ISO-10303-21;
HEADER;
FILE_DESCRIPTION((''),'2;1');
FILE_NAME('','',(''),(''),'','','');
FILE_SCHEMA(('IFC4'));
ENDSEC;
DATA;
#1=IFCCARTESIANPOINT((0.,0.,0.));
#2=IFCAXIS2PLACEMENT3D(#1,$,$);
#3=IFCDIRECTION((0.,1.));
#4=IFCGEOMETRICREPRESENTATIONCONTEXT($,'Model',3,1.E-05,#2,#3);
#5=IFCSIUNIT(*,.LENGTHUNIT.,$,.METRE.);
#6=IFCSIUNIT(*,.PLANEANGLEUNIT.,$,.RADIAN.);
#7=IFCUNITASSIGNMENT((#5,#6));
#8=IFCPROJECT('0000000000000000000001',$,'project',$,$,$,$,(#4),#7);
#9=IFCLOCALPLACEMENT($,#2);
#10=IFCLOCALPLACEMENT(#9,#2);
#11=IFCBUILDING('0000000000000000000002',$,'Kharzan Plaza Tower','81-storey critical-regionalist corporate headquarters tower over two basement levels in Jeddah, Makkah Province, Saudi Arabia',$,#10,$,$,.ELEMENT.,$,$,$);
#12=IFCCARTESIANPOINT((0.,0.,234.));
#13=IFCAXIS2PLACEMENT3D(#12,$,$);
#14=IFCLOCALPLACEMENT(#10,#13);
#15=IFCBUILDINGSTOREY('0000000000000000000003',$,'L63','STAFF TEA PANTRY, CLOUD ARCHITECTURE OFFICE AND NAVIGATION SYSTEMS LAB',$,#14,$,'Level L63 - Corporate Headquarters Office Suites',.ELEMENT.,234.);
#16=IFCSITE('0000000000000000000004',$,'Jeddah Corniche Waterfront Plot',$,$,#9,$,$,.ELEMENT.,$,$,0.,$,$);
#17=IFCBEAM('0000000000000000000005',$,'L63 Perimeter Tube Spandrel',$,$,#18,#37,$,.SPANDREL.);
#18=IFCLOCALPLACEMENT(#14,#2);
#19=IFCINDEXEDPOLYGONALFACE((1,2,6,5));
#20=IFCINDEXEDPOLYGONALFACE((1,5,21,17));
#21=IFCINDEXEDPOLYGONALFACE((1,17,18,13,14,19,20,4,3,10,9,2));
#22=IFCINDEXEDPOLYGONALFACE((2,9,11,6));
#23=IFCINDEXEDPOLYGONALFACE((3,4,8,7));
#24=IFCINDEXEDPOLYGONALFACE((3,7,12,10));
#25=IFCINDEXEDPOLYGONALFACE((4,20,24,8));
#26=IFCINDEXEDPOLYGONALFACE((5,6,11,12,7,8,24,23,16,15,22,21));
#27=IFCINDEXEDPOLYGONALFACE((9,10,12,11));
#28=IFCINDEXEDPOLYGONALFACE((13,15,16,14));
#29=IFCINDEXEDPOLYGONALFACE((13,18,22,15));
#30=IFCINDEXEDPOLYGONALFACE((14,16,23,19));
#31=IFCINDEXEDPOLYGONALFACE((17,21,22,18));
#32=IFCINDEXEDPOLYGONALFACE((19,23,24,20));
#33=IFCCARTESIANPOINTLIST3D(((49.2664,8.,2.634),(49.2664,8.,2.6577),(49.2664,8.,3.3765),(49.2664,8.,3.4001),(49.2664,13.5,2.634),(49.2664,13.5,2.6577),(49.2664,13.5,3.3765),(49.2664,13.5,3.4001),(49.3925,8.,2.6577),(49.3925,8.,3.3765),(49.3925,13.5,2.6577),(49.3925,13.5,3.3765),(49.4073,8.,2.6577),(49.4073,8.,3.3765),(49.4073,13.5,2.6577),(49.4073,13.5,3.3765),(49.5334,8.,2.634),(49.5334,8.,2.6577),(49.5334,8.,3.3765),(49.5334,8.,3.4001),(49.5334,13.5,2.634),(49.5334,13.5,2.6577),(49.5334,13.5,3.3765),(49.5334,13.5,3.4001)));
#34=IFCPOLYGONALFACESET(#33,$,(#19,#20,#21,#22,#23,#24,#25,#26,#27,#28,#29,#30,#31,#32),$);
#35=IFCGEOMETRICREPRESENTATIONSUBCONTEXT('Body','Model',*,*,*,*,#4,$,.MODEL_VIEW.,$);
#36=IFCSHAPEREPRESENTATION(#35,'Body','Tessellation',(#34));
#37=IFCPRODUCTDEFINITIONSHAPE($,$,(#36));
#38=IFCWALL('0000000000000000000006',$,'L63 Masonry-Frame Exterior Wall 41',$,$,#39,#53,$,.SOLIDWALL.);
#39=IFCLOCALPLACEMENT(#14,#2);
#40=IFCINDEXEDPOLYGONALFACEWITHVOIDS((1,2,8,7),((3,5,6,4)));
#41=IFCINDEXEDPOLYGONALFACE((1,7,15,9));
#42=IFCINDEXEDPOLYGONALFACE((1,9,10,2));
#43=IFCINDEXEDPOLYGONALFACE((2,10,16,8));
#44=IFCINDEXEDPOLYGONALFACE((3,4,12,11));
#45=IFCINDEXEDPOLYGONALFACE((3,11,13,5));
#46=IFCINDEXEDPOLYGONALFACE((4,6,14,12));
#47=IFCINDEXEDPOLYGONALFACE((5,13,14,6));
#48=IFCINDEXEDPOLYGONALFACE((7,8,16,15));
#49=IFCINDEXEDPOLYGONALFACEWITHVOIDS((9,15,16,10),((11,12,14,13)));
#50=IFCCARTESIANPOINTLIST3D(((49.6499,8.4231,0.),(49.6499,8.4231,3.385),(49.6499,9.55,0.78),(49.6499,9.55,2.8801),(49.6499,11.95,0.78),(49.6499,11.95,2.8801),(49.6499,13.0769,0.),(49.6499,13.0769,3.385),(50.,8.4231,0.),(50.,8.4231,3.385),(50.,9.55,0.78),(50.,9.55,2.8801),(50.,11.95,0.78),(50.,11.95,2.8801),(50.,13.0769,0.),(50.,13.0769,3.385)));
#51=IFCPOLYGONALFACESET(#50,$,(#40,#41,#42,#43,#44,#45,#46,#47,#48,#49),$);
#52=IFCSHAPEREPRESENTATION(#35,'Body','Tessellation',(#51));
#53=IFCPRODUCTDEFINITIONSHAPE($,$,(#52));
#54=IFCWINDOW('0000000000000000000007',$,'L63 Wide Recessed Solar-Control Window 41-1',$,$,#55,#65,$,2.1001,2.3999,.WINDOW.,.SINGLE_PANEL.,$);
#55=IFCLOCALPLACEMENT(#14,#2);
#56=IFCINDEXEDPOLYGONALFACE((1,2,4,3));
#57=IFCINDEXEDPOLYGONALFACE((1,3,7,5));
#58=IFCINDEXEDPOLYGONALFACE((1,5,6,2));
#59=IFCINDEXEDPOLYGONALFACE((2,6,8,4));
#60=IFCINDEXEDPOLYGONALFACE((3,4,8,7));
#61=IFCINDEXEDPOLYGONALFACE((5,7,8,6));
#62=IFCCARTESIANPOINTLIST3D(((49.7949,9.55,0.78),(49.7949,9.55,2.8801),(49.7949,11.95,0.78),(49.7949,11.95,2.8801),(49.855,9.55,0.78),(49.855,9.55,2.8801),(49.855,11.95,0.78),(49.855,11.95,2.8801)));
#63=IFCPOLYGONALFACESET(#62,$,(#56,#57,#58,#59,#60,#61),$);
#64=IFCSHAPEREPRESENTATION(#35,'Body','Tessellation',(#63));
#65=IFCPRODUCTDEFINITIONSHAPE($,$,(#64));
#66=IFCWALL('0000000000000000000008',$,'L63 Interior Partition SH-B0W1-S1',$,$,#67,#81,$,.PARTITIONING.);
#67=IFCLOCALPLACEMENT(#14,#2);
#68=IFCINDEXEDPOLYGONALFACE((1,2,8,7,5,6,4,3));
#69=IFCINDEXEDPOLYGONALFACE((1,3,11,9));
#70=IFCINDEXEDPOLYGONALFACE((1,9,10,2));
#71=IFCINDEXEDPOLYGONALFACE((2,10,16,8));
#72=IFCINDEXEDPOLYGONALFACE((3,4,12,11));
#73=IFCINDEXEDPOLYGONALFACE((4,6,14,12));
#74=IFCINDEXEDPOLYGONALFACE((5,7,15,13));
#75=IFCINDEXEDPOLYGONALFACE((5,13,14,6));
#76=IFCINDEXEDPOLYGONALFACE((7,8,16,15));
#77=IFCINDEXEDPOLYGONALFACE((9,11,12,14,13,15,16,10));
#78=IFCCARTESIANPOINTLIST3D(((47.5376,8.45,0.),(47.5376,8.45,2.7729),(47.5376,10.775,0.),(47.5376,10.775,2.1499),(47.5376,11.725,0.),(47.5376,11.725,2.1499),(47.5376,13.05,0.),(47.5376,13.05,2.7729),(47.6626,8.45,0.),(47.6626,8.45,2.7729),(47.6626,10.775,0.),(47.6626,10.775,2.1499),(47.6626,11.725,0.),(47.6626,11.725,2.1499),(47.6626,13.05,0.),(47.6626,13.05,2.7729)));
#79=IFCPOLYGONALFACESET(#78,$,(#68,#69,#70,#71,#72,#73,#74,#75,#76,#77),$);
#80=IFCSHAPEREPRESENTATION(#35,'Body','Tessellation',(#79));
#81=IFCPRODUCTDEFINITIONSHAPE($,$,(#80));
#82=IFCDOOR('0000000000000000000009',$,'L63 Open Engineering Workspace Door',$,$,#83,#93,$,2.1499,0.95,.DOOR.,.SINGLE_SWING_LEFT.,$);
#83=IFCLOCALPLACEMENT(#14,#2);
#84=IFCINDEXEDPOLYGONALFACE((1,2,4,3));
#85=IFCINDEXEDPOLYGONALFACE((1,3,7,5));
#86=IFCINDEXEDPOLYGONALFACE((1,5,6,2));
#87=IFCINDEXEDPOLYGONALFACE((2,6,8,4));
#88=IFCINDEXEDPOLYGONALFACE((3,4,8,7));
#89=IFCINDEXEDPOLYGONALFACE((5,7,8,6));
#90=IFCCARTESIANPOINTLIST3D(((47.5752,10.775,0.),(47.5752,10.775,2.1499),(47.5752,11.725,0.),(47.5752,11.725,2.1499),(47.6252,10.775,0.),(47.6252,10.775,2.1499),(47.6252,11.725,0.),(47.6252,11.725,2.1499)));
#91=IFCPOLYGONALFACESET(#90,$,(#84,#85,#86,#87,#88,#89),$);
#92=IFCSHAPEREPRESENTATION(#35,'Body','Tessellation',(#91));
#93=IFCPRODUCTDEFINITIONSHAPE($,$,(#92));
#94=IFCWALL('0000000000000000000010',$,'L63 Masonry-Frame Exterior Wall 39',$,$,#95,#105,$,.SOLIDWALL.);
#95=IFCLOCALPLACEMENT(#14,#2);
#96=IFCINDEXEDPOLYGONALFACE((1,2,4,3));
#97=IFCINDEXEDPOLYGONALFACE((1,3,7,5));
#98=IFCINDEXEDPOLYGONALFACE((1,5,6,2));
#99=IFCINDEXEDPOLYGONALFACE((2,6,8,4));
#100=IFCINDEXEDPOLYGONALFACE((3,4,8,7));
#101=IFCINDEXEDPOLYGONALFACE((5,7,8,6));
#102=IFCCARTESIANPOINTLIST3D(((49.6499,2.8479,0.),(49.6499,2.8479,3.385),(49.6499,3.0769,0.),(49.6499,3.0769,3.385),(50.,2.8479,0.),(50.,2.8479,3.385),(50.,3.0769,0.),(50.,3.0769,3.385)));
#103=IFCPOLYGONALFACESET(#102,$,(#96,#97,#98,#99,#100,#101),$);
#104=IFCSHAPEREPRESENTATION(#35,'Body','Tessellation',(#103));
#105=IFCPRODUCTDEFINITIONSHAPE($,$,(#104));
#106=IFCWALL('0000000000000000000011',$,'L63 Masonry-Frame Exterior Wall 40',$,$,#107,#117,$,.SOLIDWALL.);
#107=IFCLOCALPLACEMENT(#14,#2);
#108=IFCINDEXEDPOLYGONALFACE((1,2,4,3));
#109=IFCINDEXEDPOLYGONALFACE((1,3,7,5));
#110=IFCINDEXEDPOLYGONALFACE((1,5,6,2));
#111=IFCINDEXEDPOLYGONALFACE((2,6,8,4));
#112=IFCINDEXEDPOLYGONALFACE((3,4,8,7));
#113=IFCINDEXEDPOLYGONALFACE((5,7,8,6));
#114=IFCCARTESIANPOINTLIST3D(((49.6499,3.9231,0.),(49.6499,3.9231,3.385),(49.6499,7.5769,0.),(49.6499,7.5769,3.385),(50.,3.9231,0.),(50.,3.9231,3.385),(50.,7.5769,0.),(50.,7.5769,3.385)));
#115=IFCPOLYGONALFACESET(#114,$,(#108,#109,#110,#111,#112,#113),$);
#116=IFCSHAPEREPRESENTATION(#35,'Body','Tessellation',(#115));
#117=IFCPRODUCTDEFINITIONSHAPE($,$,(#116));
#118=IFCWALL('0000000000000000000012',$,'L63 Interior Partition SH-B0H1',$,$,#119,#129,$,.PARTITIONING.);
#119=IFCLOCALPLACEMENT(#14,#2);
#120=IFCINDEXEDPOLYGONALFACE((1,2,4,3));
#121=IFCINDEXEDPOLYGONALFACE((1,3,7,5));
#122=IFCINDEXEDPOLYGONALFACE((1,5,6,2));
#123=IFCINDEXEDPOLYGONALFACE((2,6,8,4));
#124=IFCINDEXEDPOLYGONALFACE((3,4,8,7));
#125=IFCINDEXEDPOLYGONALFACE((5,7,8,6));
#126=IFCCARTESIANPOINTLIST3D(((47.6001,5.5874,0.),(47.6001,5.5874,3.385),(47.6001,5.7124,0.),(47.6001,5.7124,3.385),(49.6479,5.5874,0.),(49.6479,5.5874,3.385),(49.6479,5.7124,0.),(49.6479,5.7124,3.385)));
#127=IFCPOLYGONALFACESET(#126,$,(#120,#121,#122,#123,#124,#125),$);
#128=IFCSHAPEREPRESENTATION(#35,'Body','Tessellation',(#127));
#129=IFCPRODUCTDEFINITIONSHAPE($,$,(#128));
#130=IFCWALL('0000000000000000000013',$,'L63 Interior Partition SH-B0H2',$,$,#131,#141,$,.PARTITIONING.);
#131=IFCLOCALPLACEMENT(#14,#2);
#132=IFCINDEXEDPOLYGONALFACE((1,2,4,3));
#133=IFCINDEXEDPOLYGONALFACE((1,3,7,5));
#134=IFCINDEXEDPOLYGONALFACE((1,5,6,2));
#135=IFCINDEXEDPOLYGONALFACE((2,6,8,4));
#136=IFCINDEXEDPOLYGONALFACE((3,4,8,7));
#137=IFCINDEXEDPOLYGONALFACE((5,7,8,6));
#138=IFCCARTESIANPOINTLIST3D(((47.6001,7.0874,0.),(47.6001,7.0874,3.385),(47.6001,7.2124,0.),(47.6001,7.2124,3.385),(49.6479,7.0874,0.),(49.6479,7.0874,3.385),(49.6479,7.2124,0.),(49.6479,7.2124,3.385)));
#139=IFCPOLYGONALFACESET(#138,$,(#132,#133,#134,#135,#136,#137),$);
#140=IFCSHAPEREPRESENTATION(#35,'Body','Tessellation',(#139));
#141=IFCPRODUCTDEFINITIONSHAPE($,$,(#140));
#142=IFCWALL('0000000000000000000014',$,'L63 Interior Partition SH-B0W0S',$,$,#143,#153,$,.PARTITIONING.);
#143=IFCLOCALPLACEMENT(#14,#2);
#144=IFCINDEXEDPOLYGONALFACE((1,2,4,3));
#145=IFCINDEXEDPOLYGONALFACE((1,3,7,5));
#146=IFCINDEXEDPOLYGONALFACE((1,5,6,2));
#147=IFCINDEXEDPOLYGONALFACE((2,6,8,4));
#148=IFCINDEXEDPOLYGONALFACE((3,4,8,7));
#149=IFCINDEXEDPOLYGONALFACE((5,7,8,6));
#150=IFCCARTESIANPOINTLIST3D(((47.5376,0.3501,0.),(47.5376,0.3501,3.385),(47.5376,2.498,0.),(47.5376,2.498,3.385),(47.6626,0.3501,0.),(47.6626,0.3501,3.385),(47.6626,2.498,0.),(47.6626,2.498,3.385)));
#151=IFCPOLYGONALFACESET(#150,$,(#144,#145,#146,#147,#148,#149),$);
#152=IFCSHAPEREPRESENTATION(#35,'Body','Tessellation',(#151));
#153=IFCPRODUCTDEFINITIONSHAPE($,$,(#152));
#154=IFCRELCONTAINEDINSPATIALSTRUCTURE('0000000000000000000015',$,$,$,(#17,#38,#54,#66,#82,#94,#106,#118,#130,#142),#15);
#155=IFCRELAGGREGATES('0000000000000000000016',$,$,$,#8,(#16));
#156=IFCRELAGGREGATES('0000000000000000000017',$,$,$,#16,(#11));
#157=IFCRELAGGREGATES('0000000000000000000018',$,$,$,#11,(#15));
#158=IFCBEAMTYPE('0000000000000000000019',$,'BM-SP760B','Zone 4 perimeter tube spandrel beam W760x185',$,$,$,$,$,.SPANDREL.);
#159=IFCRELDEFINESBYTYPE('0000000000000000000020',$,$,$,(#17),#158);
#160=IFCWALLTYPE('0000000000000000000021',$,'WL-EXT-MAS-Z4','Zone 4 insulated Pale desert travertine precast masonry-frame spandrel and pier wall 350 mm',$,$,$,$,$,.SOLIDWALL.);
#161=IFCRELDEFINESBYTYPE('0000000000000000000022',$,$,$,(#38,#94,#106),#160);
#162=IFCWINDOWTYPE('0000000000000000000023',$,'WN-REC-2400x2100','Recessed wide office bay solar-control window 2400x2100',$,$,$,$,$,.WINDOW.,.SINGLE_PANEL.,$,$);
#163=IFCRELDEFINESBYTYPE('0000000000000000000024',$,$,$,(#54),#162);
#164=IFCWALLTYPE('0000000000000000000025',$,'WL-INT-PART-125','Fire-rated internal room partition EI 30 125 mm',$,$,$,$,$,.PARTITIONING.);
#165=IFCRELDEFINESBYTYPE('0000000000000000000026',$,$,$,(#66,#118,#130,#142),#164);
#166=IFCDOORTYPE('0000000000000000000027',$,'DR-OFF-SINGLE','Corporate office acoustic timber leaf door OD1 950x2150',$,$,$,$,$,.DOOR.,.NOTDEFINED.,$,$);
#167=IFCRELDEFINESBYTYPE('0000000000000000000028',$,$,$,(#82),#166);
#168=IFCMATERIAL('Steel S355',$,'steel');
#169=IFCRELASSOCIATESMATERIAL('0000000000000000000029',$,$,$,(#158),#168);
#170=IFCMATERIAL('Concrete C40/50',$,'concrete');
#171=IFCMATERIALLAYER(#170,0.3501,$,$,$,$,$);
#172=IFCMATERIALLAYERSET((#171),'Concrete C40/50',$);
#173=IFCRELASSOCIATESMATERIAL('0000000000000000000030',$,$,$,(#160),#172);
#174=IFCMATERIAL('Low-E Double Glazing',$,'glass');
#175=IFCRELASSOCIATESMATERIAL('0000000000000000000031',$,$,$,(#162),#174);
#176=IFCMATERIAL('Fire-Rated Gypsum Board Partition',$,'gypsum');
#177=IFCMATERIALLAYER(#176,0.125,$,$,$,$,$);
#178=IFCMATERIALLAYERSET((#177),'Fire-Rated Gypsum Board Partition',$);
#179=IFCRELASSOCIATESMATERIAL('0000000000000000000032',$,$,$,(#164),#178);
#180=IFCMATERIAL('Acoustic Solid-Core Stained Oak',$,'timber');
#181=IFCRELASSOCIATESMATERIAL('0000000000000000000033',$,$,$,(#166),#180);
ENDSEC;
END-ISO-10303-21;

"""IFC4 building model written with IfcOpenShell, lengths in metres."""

from ifc_helpers import new_model, si_unit, direction, frame, frame_2d, origin, origin_2d, place, context, subcontext, project, spatial, rectangle, i_section, extrude, source, transform, mapped, material, layer, layer_set, material_profile, profile_set, type_object, element, fill, save


model = new_model("IFC4")

# Units and contexts
model_context = context("Model", 3, precision=1e-05, world=origin(), true_north=direction((0.0, 1.0)))
body_context = subcontext(model_context, "Body", "Model", "MODEL_VIEW")
ifc_project = project(units=[si_unit("LENGTHUNIT", "METRE"), si_unit("PLANEANGLEUNIT", "RADIAN")], contexts=[model_context])

# Site, building, storey
site_placement = place(None, origin())
site = spatial("IfcSite", under=ifc_project, at=site_placement, Name="Jeddah Corniche Waterfront Plot", CompositionType="ELEMENT", RefElevation=0.0)
building_placement = place(site_placement, origin())
building = spatial("IfcBuilding", under=site, at=building_placement, Name="Kharzan Plaza Tower", Description="81-storey critical-regionalist corporate headquarters tower over two basement levels in Jeddah, Makkah Province, Saudi Arabia", CompositionType="ELEMENT")
storey_placement = place(building_placement, frame((0.0, 0.0, 234.0)))
storey = spatial("IfcBuildingStorey", under=building, at=storey_placement, Name="L63", Description="STAFF TEA PANTRY, CLOUD ARCHITECTURE OFFICE AND NAVIGATION SYSTEMS LAB", LongName="Level L63 - Corporate Headquarters Office Suites", CompositionType="ELEMENT", Elevation=234.0)

# Beam
ifc_material_1 = material(Name="Steel S355", Category="steel")
ifc_material_profile_1 = material_profile(ifc_material_1, i_section(OverallWidth=0.2671, OverallDepth=0.7661, WebThickness=0.0149, FlangeThickness=0.0237, at=origin_2d()), Name="W760x185")
ifc_profile_set_1 = profile_set([ifc_material_profile_1], Name="Steel S355")
beam_type_1 = type_object("IfcBeamType", Name="BM-SP760B", Description="Zone 4 perimeter tube spandrel beam W760x185", PredefinedType="SPANDREL", material=ifc_profile_set_1)
shared_shape_1 = source(origin(), body_context, "Body", "SweptSolid", [
    extrude(i_section(OverallWidth=0.2671, OverallDepth=0.7661, WebThickness=0.0149, FlangeThickness=0.0237, at=origin_2d()), origin(), (0.0, 0.0, 1.0), 5.5),
])
beam_1_placement = place(storey_placement, frame((49.3999, 8.0, 3.0171), z_axis=(0.0, 1.0, 0.0), x_axis=(-1.0, 0.0, 0.0)))
element("IfcBeam", 1, at=beam_1_placement, inside=storey, type_object=beam_type_1, Name="L63 Perimeter Tube Spandrel", PredefinedType="SPANDREL", context=body_context, shape_type="MappedRepresentation", body=[
    mapped(shared_shape_1, transform((0.0, 0.0, 0.0), x_axis=(1.0, 0.0, 0.0), y_axis=(0.0, 1.0, 0.0), z_axis=(0.0, 0.0, 1.0))),
])

# Wall, opening, window
ifc_material_2 = material(Name="Concrete C40/50", Category="concrete")
ifc_layer_1 = layer(ifc_material_2, 0.3501)
ifc_layer_set_1 = layer_set([ifc_layer_1], Name="Concrete C40/50")
wall_type_1 = type_object("IfcWallType", Name="WL-EXT-MAS-Z4", Description="Zone 4 insulated Pale desert travertine precast masonry-frame spandrel and pier wall 350 mm", PredefinedType="SOLIDWALL", material=ifc_layer_set_1)
wall_1_placement = place(storey_placement, frame((49.825, 8.4231, 0.0), z_axis=(0.0, 0.0, 1.0), x_axis=(0.0, 1.0, 0.0)))
wall_1 = element("IfcWall", 2, at=wall_1_placement, inside=storey, type_object=wall_type_1, Name="L63 Masonry-Frame Exterior Wall 41", PredefinedType="SOLIDWALL", context=body_context, shape_type="SweptSolid", body=[
    extrude(rectangle(XDim=4.6538, YDim=0.3501, at=frame_2d((2.3269, 0.0))), origin(), (0.0, 0.0, 1.0), 3.385),
])
opening_1_placement = place(wall_1_placement, frame((1.127, 0.0, 0.78)))
opening_1 = element("IfcOpeningElement", 3, at=opening_1_placement, cuts=wall_1, PredefinedType="OPENING", context=body_context, shape_type="SweptSolid", body=[
    extrude(rectangle(XDim=2.3999, YDim=2.1001, at=frame_2d((1.2, 1.05))), frame((0.0, 0.1851, 0.0), z_axis=(0.0, -1.0, 0.0), x_axis=(1.0, 0.0, 0.0)), (0.0, 0.0, 1.0), 0.3701),
])
ifc_material_3 = material(Name="Low-E Double Glazing", Category="glass")
window_type = type_object("IfcWindowType", Name="WN-REC-2400x2100", Description="Recessed wide office bay solar-control window 2400x2100", PartitioningType="SINGLE_PANEL", PredefinedType="WINDOW", material=ifc_material_3)
shared_shape_2 = source(origin(), body_context, "Body", "SweptSolid", [
    extrude(rectangle(XDim=2.3999, YDim=2.1001, at=frame_2d((1.2, 1.05))), frame((0.0, 0.03, 0.0), z_axis=(0.0, -1.0, 0.0), x_axis=(1.0, 0.0, 0.0)), (0.0, 0.0, 1.0), 0.0601),
])
window_placement = place(opening_1_placement, origin())
window = element("IfcWindow", 4, at=window_placement, inside=storey, type_object=window_type, Name="L63 Wide Recessed Solar-Control Window 41-1", OverallHeight=2.1001, OverallWidth=2.3999, PartitioningType="SINGLE_PANEL", PredefinedType="WINDOW", context=body_context, shape_type="MappedRepresentation", body=[
    mapped(shared_shape_2, transform((0.0, 0.0, 0.0), x_axis=(1.0, 0.0, 0.0), y_axis=(0.0, 1.0, 0.0), z_axis=(0.0, 0.0, 1.0))),
])
fill(opening_1, window)

# Wall, opening, door
ifc_material_4 = material(Name="Fire-Rated Gypsum Board Partition", Category="gypsum")
ifc_layer_2 = layer(ifc_material_4, 0.125)
ifc_layer_set_2 = layer_set([ifc_layer_2], Name="Fire-Rated Gypsum Board Partition")
wall_type_2 = type_object("IfcWallType", Name="WL-INT-PART-125", Description="Fire-rated internal room partition EI 30 125 mm", PredefinedType="PARTITIONING", material=ifc_layer_set_2)
ifc_material_5 = material(Name="Acoustic Solid-Core Stained Oak", Category="timber")
door_type_1 = type_object("IfcDoorType", Name="DR-OFF-SINGLE", Description="Corporate office acoustic timber leaf door OD1 950x2150", OperationType="NOTDEFINED", PredefinedType="DOOR", material=ifc_material_5)
shared_shape_3 = source(origin(), body_context, "Body", "SweptSolid", [
    extrude(rectangle(XDim=0.95, YDim=2.1499, at=frame_2d((0.4751, 1.075))), frame((0.0, 0.0249, 0.0), z_axis=(0.0, -1.0, 0.0), x_axis=(1.0, 0.0, 0.0)), (0.0, 0.0, 1.0), 0.05),
])
wall_2_placement = place(storey_placement, frame((47.6001, 8.45, 0.0), z_axis=(0.0, 0.0, 1.0), x_axis=(0.0, 1.0, 0.0)))
wall_2 = element("IfcWall", 5, at=wall_2_placement, inside=storey, type_object=wall_type_2, Name="L63 Interior Partition SH-B0W1-S1", PredefinedType="PARTITIONING", context=body_context, shape_type="SweptSolid", body=[
    extrude(rectangle(XDim=4.6001, YDim=0.125, at=frame_2d((2.3, 0.0))), origin(), (0.0, 0.0, 1.0), 2.7729),
])
opening_2_placement = place(wall_2_placement, frame((2.325, 0.0, 0.0)))
opening_2 = element("IfcOpeningElement", 6, at=opening_2_placement, cuts=wall_2, PredefinedType="OPENING", context=body_context, shape_type="SweptSolid", body=[
    extrude(rectangle(XDim=0.95, YDim=2.1499, at=frame_2d((0.4751, 1.075))), frame((0.0, 0.0725, 0.0), z_axis=(0.0, -1.0, 0.0), x_axis=(1.0, 0.0, 0.0)), (0.0, 0.0, 1.0), 0.145),
])
door_1_placement = place(opening_2_placement, origin())
door_1 = element("IfcDoor", 7, at=door_1_placement, inside=storey, type_object=door_type_1, Name="L63 Open Engineering Workspace Door", OperationType="SINGLE_SWING_LEFT", OverallHeight=2.1499, OverallWidth=0.95, PredefinedType="DOOR", context=body_context, shape_type="MappedRepresentation", body=[
    mapped(shared_shape_3, transform((0.0, 0.0, 0.0), x_axis=(1.0, 0.0, 0.0), y_axis=(0.0, 1.0, 0.0), z_axis=(0.0, 0.0, 1.0))),
])
fill(opening_2, door_1)

# Walls
shared_shape_4 = source(origin(), body_context, "Body", "SweptSolid", [
    extrude(rectangle(XDim=0.229, YDim=0.3501, at=frame_2d((0.1145, 0.0))), origin(), (0.0, 0.0, 1.0), 3.385),
])
wall_3_placement = place(storey_placement, frame((49.825, 2.8479, 0.0), z_axis=(0.0, 0.0, 1.0), x_axis=(0.0, 1.0, 0.0)))
element("IfcWall", 8, at=wall_3_placement, inside=storey, type_object=wall_type_1, Name="L63 Masonry-Frame Exterior Wall 39", PredefinedType="SOLIDWALL", context=body_context, shape_type="MappedRepresentation", body=[
    mapped(shared_shape_4, transform((0.0, 0.0, 0.0), x_axis=(1.0, 0.0, 0.0), y_axis=(0.0, 1.0, 0.0), z_axis=(0.0, 0.0, 1.0))),
])
shared_shape_5 = source(origin(), body_context, "Body", "SweptSolid", [
    extrude(rectangle(XDim=3.6538, YDim=0.3501, at=frame_2d((1.8269, 0.0))), origin(), (0.0, 0.0, 1.0), 3.385),
])
wall_4_placement = place(storey_placement, frame((49.825, 3.9231, 0.0), z_axis=(0.0, 0.0, 1.0), x_axis=(0.0, 1.0, 0.0)))
element("IfcWall", 9, at=wall_4_placement, inside=storey, type_object=wall_type_1, Name="L63 Masonry-Frame Exterior Wall 40", PredefinedType="SOLIDWALL", context=body_context, shape_type="MappedRepresentation", body=[
    mapped(shared_shape_5, transform((0.0, 0.0, 0.0), x_axis=(1.0, 0.0, 0.0), y_axis=(0.0, 1.0, 0.0), z_axis=(0.0, 0.0, 1.0))),
])
shared_shape_6 = source(origin(), body_context, "Body", "SweptSolid", [
    extrude(rectangle(XDim=2.0479, YDim=0.125, at=frame_2d((1.0239, 0.0))), origin(), (0.0, 0.0, 1.0), 3.385),
])
for number, where, z_axis, x_axis, name in (
    (10, (47.6001, 5.6499, 0.0), (0.0, 0.0, 1.0), (1.0, 0.0, 0.0), "L63 Interior Partition SH-B0H1"),
    (11, (47.6001, 7.1499, 0.0), (0.0, 0.0, 1.0), (1.0, 0.0, 0.0), "L63 Interior Partition SH-B0H2"),
):
    element("IfcWall", number, at=place(storey_placement, frame(where, z_axis=z_axis, x_axis=x_axis)), inside=storey, type_object=wall_type_2, Name=name, PredefinedType="PARTITIONING", context=body_context, shape_type="MappedRepresentation", body=[
        mapped(shared_shape_6, transform((0.0, 0.0, 0.0), x_axis=(1.0, 0.0, 0.0), y_axis=(0.0, 1.0, 0.0), z_axis=(0.0, 0.0, 1.0))),
    ])
shared_shape_7 = source(origin(), body_context, "Body", "SweptSolid", [
    extrude(rectangle(XDim=2.1479, YDim=0.125, at=frame_2d((1.074, 0.0))), origin(), (0.0, 0.0, 1.0), 3.385),
])
wall_5_placement = place(storey_placement, frame((47.6001, 0.3501, 0.0), z_axis=(0.0, 0.0, 1.0), x_axis=(0.0, 1.0, 0.0)))
element("IfcWall", 12, at=wall_5_placement, inside=storey, type_object=wall_type_2, Name="L63 Interior Partition SH-B0W0S", PredefinedType="PARTITIONING", context=body_context, shape_type="MappedRepresentation", body=[
    mapped(shared_shape_7, transform((0.0, 0.0, 0.0), x_axis=(1.0, 0.0, 0.0), y_axis=(0.0, 1.0, 0.0), z_axis=(0.0, 0.0, 1.0))),
])

save(model, "model.ifc")
